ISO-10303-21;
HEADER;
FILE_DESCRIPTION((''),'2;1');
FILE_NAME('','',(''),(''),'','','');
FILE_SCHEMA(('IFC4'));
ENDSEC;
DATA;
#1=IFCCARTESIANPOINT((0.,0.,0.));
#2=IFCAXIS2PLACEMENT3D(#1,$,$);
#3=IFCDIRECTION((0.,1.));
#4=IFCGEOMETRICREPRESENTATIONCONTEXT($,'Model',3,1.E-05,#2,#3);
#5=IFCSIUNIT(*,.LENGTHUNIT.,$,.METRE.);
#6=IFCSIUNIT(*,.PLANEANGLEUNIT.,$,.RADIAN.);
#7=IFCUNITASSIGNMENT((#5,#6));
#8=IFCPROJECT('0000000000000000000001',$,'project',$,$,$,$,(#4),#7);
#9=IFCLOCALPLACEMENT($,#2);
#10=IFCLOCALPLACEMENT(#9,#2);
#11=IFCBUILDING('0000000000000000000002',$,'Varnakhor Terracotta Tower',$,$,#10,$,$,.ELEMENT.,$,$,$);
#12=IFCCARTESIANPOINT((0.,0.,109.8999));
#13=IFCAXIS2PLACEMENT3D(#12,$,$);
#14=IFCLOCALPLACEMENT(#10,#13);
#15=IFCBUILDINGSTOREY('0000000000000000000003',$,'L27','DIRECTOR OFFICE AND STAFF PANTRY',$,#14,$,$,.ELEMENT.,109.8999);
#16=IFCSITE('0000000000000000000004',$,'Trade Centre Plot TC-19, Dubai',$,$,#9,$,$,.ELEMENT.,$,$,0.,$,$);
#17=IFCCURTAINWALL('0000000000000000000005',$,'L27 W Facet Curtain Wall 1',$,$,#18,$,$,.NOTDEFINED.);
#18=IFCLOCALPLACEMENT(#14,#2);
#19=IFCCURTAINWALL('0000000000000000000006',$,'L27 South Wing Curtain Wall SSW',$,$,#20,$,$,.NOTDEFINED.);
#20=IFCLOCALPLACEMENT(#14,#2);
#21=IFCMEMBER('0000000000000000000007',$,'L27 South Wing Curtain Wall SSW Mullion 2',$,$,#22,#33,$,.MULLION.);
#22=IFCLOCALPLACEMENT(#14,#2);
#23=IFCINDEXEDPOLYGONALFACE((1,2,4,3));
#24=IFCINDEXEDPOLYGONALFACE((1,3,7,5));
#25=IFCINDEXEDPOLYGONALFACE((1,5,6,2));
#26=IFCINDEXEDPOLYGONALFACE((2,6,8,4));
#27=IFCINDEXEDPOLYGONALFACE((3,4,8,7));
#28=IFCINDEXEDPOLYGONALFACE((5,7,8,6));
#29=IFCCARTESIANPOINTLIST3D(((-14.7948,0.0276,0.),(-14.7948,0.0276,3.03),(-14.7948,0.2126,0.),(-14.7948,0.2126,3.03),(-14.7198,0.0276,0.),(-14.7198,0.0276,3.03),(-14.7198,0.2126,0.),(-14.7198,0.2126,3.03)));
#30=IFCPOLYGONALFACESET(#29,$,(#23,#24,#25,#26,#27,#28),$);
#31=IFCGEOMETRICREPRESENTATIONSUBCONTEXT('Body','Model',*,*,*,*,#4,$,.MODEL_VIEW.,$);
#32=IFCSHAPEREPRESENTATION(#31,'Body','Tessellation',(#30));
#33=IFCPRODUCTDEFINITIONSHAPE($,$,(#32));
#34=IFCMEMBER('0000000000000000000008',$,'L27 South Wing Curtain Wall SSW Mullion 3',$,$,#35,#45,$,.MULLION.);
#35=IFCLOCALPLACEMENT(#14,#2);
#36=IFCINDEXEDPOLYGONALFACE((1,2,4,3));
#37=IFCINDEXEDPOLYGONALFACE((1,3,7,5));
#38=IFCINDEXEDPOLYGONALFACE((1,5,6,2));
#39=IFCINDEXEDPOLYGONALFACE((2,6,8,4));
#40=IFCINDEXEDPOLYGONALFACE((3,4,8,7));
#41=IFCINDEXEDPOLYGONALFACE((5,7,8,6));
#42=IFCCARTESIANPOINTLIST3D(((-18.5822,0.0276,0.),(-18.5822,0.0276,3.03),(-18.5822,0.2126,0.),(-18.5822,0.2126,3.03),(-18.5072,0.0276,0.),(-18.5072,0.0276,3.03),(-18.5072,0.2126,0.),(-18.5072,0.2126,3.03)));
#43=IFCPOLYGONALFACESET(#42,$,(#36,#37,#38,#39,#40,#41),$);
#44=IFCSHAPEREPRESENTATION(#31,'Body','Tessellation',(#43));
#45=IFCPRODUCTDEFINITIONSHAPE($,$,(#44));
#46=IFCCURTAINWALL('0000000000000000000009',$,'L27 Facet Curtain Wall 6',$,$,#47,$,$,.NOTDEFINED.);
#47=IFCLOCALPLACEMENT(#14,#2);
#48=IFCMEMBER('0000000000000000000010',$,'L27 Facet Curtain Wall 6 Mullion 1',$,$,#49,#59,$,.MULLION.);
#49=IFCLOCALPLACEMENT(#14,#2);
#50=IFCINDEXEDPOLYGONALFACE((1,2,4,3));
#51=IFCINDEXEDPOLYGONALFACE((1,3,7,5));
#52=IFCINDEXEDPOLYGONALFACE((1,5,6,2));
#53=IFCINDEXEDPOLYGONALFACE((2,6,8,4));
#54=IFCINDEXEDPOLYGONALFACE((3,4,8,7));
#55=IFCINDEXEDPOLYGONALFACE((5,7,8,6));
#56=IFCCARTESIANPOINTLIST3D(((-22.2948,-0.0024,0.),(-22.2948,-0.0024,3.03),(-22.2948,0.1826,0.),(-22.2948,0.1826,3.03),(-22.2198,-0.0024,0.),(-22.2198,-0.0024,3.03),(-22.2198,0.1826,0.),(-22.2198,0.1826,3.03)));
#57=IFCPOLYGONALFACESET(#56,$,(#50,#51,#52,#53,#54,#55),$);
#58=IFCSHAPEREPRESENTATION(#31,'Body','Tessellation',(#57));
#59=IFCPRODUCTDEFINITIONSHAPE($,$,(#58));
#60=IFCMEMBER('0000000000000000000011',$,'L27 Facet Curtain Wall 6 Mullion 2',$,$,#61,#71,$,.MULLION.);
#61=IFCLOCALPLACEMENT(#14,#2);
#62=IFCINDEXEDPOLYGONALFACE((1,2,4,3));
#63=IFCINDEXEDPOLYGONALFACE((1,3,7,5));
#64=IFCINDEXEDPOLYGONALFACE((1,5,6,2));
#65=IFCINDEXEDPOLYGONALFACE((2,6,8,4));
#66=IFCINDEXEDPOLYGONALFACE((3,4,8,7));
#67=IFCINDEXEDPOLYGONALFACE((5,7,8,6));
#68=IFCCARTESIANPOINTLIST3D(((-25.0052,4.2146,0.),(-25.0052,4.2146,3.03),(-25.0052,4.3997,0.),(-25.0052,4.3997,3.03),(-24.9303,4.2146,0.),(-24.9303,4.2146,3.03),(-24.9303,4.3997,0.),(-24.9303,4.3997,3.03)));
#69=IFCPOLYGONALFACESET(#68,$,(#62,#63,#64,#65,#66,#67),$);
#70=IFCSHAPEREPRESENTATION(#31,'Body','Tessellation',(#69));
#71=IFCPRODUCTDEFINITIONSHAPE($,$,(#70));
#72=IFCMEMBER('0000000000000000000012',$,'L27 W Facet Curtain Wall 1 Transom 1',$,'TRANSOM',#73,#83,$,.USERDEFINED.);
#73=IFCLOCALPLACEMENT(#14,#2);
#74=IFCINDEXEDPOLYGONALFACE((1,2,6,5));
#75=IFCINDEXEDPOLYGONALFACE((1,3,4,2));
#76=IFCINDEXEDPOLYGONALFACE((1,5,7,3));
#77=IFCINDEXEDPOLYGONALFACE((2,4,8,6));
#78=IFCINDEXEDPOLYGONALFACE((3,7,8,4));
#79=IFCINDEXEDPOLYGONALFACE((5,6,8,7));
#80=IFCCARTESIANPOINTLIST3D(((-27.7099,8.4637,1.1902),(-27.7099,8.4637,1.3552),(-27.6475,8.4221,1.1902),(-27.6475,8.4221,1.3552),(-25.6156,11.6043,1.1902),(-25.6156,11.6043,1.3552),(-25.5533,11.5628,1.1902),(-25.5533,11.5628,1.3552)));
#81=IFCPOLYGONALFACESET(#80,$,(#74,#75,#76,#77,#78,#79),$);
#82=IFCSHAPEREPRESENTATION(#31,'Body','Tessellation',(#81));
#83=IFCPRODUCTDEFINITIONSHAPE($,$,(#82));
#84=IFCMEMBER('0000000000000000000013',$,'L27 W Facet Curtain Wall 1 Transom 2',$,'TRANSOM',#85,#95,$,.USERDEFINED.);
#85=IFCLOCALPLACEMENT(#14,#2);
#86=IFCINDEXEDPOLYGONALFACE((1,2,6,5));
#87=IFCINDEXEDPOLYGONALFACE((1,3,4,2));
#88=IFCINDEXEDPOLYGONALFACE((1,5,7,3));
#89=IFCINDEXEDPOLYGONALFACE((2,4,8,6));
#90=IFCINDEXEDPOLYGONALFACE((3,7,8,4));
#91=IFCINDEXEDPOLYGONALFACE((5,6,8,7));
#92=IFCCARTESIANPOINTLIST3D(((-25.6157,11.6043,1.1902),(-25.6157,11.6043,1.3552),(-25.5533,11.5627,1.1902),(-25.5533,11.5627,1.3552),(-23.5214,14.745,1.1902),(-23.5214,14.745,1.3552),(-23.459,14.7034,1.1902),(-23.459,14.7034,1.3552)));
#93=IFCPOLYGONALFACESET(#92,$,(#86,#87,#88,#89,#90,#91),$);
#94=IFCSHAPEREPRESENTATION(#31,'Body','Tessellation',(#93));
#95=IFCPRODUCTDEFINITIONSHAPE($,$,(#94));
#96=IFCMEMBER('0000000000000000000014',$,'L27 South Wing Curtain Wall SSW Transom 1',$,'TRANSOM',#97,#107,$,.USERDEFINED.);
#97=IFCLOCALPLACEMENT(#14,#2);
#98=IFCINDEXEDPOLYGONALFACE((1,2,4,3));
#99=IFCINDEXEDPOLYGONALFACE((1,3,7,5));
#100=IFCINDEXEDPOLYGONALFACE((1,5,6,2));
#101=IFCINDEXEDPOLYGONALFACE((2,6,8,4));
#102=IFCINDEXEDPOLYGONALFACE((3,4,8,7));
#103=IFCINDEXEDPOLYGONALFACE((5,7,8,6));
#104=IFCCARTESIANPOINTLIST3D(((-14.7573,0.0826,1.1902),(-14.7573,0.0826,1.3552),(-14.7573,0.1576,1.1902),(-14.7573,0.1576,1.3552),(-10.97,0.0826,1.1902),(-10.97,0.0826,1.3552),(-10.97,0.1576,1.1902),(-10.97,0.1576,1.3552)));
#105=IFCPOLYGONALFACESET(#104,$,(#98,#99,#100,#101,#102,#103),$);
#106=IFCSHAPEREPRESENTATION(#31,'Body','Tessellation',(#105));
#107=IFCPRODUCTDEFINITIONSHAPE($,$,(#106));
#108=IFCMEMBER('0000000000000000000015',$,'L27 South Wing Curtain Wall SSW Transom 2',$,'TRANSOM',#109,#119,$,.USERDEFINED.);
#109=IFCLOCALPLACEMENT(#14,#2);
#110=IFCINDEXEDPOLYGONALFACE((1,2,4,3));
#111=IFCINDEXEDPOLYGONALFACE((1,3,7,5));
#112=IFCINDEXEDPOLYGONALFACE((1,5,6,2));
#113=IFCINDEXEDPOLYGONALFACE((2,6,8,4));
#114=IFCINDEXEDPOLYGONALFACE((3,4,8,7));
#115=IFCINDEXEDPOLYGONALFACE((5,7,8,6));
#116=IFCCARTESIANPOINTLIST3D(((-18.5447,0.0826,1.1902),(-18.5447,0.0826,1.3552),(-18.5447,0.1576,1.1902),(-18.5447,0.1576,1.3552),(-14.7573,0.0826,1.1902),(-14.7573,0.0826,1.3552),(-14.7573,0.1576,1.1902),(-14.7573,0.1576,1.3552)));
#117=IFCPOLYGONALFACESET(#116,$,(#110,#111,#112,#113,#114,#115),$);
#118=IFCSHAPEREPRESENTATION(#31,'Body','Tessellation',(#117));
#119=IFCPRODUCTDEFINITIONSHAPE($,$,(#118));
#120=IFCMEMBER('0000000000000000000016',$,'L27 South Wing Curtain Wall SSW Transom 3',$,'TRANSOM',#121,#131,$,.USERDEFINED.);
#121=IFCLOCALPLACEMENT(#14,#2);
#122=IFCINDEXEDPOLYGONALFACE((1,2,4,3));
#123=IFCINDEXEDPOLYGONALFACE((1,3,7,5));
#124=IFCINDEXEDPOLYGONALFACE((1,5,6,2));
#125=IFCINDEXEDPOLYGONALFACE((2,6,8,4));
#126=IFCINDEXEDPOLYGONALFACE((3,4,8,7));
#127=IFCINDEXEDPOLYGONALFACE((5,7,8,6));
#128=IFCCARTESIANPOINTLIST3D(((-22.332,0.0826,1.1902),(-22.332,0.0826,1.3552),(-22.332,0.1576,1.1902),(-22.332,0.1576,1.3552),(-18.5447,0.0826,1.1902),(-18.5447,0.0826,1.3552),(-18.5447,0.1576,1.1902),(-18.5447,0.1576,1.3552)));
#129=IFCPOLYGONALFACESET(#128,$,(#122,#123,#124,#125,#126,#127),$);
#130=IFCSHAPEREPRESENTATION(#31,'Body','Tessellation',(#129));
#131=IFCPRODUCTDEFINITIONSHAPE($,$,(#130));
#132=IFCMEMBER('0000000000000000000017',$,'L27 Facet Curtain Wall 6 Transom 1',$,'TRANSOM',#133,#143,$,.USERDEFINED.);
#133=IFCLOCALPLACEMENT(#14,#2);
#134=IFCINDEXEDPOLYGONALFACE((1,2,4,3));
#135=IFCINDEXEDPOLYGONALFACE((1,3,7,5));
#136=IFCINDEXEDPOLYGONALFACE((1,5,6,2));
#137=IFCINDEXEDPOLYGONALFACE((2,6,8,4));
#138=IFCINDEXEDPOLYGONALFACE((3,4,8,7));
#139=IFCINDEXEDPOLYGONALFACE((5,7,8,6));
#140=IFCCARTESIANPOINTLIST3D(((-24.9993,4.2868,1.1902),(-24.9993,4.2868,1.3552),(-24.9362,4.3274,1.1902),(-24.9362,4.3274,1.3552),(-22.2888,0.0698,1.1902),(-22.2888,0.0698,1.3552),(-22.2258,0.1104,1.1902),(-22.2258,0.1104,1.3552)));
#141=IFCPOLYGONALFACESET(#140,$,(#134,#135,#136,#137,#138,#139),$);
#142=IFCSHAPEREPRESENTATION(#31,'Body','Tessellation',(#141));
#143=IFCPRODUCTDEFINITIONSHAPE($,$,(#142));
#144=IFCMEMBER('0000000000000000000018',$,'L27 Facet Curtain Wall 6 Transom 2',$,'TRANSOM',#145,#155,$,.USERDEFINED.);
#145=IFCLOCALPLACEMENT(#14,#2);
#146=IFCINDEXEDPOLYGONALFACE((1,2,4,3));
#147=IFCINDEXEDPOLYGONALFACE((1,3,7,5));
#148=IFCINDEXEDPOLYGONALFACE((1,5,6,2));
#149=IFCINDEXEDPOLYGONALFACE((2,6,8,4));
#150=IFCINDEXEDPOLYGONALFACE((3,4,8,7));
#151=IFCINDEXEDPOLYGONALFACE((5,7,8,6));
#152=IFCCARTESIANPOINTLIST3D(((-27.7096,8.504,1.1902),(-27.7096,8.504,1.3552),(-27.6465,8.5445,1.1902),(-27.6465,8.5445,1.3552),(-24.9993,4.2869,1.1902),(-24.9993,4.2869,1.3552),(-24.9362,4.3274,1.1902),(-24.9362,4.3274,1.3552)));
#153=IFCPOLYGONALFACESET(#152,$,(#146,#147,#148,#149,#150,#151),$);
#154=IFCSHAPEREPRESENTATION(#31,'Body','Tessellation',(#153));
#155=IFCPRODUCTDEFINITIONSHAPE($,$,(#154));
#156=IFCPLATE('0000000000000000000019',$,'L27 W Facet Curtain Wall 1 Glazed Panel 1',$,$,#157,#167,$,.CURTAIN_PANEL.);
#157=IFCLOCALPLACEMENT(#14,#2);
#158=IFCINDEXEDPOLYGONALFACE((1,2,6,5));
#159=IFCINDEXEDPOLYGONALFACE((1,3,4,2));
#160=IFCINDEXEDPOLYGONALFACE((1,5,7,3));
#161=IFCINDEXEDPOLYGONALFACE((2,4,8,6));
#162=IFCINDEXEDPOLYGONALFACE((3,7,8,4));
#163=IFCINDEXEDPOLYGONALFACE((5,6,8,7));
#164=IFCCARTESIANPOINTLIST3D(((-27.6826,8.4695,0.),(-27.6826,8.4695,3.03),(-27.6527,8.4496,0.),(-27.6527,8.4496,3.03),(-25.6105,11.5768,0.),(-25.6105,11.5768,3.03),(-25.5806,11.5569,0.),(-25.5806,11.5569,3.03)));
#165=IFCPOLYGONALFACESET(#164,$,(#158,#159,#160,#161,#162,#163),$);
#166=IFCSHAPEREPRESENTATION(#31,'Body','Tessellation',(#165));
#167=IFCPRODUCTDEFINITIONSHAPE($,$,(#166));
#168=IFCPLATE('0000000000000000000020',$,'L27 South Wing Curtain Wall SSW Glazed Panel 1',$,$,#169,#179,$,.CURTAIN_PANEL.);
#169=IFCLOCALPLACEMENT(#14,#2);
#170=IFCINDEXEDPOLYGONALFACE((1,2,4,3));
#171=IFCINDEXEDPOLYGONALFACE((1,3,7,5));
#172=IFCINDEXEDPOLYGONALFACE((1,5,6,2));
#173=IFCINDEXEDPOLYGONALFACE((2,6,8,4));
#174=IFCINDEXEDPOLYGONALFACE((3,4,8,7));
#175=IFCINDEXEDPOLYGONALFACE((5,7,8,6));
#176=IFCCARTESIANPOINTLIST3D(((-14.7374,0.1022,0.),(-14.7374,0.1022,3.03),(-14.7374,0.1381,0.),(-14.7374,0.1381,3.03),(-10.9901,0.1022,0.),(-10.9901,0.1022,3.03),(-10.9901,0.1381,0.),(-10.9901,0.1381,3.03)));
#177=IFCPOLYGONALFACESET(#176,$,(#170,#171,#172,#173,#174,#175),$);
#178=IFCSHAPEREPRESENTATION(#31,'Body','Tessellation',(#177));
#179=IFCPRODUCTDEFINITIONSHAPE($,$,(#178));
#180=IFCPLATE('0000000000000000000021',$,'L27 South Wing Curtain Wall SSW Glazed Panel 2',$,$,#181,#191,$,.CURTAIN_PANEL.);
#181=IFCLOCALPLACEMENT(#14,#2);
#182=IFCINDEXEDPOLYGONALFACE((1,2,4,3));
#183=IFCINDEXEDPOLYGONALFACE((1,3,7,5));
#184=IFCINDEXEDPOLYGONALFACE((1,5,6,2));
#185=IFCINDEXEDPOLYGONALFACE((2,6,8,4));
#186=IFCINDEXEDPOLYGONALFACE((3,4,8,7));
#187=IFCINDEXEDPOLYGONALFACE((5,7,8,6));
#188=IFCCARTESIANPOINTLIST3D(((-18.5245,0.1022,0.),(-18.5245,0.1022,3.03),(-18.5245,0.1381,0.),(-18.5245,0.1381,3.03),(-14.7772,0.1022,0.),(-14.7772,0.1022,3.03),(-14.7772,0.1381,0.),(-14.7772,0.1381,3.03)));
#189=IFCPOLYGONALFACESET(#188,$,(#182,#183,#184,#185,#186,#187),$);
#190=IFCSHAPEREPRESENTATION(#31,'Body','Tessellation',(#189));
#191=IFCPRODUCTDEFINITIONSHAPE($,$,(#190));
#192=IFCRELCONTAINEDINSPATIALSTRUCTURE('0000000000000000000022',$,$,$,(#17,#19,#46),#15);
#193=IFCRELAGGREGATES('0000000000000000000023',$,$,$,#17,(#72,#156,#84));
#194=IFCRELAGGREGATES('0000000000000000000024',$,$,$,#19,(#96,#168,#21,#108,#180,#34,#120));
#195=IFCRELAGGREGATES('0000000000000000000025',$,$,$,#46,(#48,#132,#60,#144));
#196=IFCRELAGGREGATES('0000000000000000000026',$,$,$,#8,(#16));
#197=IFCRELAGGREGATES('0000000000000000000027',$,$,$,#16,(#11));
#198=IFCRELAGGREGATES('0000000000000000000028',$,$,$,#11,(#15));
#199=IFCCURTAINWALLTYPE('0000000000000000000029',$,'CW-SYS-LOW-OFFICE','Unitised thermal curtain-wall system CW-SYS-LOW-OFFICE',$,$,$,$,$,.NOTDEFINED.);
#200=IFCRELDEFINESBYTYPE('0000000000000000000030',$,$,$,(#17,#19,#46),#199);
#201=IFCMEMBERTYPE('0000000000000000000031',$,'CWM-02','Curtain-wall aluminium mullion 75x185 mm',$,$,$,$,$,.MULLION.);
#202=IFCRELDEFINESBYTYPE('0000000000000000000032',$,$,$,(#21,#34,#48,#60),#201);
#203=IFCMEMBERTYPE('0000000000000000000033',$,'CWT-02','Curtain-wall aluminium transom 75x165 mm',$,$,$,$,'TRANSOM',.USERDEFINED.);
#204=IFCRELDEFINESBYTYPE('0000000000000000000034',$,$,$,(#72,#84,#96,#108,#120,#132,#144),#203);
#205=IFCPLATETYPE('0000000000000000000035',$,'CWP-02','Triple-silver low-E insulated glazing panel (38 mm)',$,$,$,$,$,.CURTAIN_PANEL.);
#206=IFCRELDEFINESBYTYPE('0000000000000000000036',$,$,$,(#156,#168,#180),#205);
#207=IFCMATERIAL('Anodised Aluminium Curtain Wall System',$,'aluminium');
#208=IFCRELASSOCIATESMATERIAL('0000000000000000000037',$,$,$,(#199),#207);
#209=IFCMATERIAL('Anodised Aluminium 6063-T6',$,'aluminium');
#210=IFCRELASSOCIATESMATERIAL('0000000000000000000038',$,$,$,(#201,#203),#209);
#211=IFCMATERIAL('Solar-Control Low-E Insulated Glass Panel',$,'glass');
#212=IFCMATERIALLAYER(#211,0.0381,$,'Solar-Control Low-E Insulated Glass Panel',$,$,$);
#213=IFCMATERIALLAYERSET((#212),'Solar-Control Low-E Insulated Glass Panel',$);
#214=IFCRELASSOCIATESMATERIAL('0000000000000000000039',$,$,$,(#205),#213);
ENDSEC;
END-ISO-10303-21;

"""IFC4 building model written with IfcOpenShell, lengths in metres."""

from ifc_helpers import new_model, si_unit, direction, frame, origin, origin_2d, place, context, subcontext, project, spatial, rectangle, extrude, source, transform, mapped, material, layer, layer_set, material_profile, profile_set, type_object, type_shapes, element, aggregate, save


model = new_model("IFC4")

# Units and contexts
model_context = context("Model", 3, precision=1e-05, world=origin(), true_north=direction((0.0, 1.0)))
body_context = subcontext(model_context, "Body", "Model", "MODEL_VIEW")
ifc_project = project(units=[si_unit("LENGTHUNIT", "METRE"), si_unit("PLANEANGLEUNIT", "RADIAN")], contexts=[model_context])

# Site, building, storey
site_placement = place(None, origin())
site = spatial("IfcSite", under=ifc_project, at=site_placement, Name="Trade Centre Plot TC-19, Dubai", CompositionType="ELEMENT", RefElevation=0.0)
building_placement = place(site_placement, origin())
building = spatial("IfcBuilding", under=site, at=building_placement, Name="Varnakhor Terracotta Tower", CompositionType="ELEMENT")
storey_placement = place(building_placement, frame((0.0, 0.0, 109.8999)))
storey = spatial("IfcBuildingStorey", under=building, at=storey_placement, Name="L27", Description="DIRECTOR OFFICE AND STAFF PANTRY", CompositionType="ELEMENT", Elevation=109.8999)

# Curtain walls, members
ifc_material_1 = material(Name="Anodised Aluminium Curtain Wall System", Category="aluminium")
curtain_wall_type = type_object("IfcCurtainWallType", Name="CW-SYS-LOW-OFFICE", Description="Unitised thermal curtain-wall system CW-SYS-LOW-OFFICE", PredefinedType="NOTDEFINED", material=ifc_material_1)
curtain_wall_1_placement = place(storey_placement, origin())
curtain_wall_1 = element("IfcCurtainWall", 1, at=curtain_wall_1_placement, inside=storey, type_object=curtain_wall_type, Name="L27 W Facet Curtain Wall 1", PredefinedType="NOTDEFINED")
ifc_material_2 = material(Name="Anodised Aluminium 6063-T6", Category="aluminium")
ifc_material_profile_1 = material_profile(ifc_material_2, rectangle(XDim=0.075, YDim=0.1851, at=origin_2d()), Name="ALU MULLION 75x185")
ifc_profile_set_1 = profile_set([ifc_material_profile_1], Name="Anodised Aluminium 6063-T6")
member_type_1 = type_object("IfcMemberType", Name="CWM-02", Description="Curtain-wall aluminium mullion 75x185 mm", PredefinedType="MULLION", material=ifc_profile_set_1)
shared_shape_1 = source(origin(), body_context, "Body", "SweptSolid", [
    extrude(rectangle(XDim=0.075, YDim=0.1851, at=origin_2d()), origin(), (0.0, 0.0, 1.0), 3.03),
])
type_shapes(member_type_1, [shared_shape_1])
curtain_wall_2_placement = place(storey_placement, origin())
curtain_wall_2 = element("IfcCurtainWall", 2, at=curtain_wall_2_placement, inside=storey, type_object=curtain_wall_type, Name="L27 South Wing Curtain Wall SSW", PredefinedType="NOTDEFINED")
member_1_placement = place(storey_placement, frame((-14.7573, 0.1201, 0.0), z_axis=(0.0, 0.0, 1.0), x_axis=(1.0, 0.0, 0.0)))
member_1 = element("IfcMember", 3, at=member_1_placement, type_object=member_type_1, Name="L27 South Wing Curtain Wall SSW Mullion 2", PredefinedType="MULLION", context=body_context, shape_type="MappedRepresentation", body=[
    mapped(shared_shape_1, transform((0.0, 0.0, 0.0), scale=1.0)),
])
member_2_placement = place(storey_placement, frame((-18.5447, 0.1201, 0.0), z_axis=(0.0, 0.0, 1.0), x_axis=(1.0, 0.0, 0.0)))
member_2 = element("IfcMember", 4, at=member_2_placement, type_object=member_type_1, Name="L27 South Wing Curtain Wall SSW Mullion 3", PredefinedType="MULLION", context=body_context, shape_type="MappedRepresentation", body=[
    mapped(shared_shape_1, transform((0.0, 0.0, 0.0), scale=1.0)),
])
curtain_wall_3_placement = place(storey_placement, origin())
curtain_wall_3 = element("IfcCurtainWall", 5, at=curtain_wall_3_placement, inside=storey, type_object=curtain_wall_type, Name="L27 Facet Curtain Wall 6", PredefinedType="NOTDEFINED")
member_3_placement = place(storey_placement, frame((-22.2573, 0.0901, 0.0), z_axis=(0.0, 0.0, 1.0), x_axis=(1.0, 0.0, 0.0)))
member_3 = element("IfcMember", 6, at=member_3_placement, type_object=member_type_1, Name="L27 Facet Curtain Wall 6 Mullion 1", PredefinedType="MULLION", context=body_context, shape_type="MappedRepresentation", body=[
    mapped(shared_shape_1, transform((0.0, 0.0, 0.0), scale=1.0)),
])
member_4_placement = place(storey_placement, frame((-24.9678, 4.3071, 0.0), z_axis=(0.0, 0.0, 1.0), x_axis=(1.0, 0.0, 0.0)))
member_4 = element("IfcMember", 7, at=member_4_placement, type_object=member_type_1, Name="L27 Facet Curtain Wall 6 Mullion 2", PredefinedType="MULLION", context=body_context, shape_type="MappedRepresentation", body=[
    mapped(shared_shape_1, transform((0.0, 0.0, 0.0), scale=1.0)),
])

# Members
ifc_material_profile_2 = material_profile(ifc_material_2, rectangle(XDim=0.075, YDim=0.165, at=origin_2d()), Name="ALU TRANSOM 75x165")
ifc_profile_set_2 = profile_set([ifc_material_profile_2], Name="Anodised Aluminium 6063-T6")
member_type_2 = type_object("IfcMemberType", Name="CWT-02", Description="Curtain-wall aluminium transom 75x165 mm", ElementType="TRANSOM", PredefinedType="USERDEFINED", material=ifc_profile_set_2)
shared_shape_2 = source(origin(), body_context, "Body", "SweptSolid", [
    extrude(rectangle(XDim=0.075, YDim=0.165, at=origin_2d()), origin(), (0.0, 0.0, 1.0), 3.7749),
])
member_5_placement = place(storey_placement, frame((-27.6787, 8.4429, 1.2727), z_axis=(0.55479, 0.831991, 0.0), x_axis=(-0.831991, 0.55479, 0.0)))
member_5 = element("IfcMember", 8, at=member_5_placement, type_object=member_type_2, Name="L27 W Facet Curtain Wall 1 Transom 1", ObjectType="TRANSOM", PredefinedType="USERDEFINED", context=body_context, shape_type="MappedRepresentation", body=[
    mapped(shared_shape_2, transform((0.0, 0.0, 0.0), scale=1.0)),
])
member_6_placement = place(storey_placement, frame((-25.5845, 11.5835, 1.2727), z_axis=(0.55479, 0.831991, 0.0), x_axis=(-0.831991, 0.55479, 0.0)))
member_6 = element("IfcMember", 9, at=member_6_placement, type_object=member_type_2, Name="L27 W Facet Curtain Wall 1 Transom 2", ObjectType="TRANSOM", PredefinedType="USERDEFINED", context=body_context, shape_type="MappedRepresentation", body=[
    mapped(shared_shape_2, transform((0.0, 0.0, 0.0), scale=1.0)),
])
shared_shape_3 = source(origin(), body_context, "Body", "SweptSolid", [
    extrude(rectangle(XDim=0.075, YDim=0.165, at=origin_2d()), origin(), (0.0, 0.0, 1.0), 3.7874),
])
member_7_placement = place(storey_placement, frame((-10.97, 0.1201, 1.2727), z_axis=(-1.0, 0.0, 0.0), x_axis=(0.0, -1.0, 0.0)))
member_7 = element("IfcMember", 10, at=member_7_placement, type_object=member_type_2, Name="L27 South Wing Curtain Wall SSW Transom 1", ObjectType="TRANSOM", PredefinedType="USERDEFINED", context=body_context, shape_type="MappedRepresentation", body=[
    mapped(shared_shape_3, transform((0.0, 0.0, 0.0), scale=1.0)),
])
member_8_placement = place(storey_placement, frame((-14.7573, 0.1201, 1.2727), z_axis=(-1.0, 0.0, 0.0), x_axis=(0.0, -1.0, 0.0)))
member_8 = element("IfcMember", 11, at=member_8_placement, type_object=member_type_2, Name="L27 South Wing Curtain Wall SSW Transom 2", ObjectType="TRANSOM", PredefinedType="USERDEFINED", context=body_context, shape_type="MappedRepresentation", body=[
    mapped(shared_shape_3, transform((0.0, 0.0, 0.0), scale=1.0)),
])
member_9_placement = place(storey_placement, frame((-18.5447, 0.1201, 1.2727), z_axis=(-1.0, 0.0, 0.0), x_axis=(0.0, -1.0, 0.0)))
member_9 = element("IfcMember", 12, at=member_9_placement, type_object=member_type_2, Name="L27 South Wing Curtain Wall SSW Transom 3", ObjectType="TRANSOM", PredefinedType="USERDEFINED", context=body_context, shape_type="MappedRepresentation", body=[
    mapped(shared_shape_3, transform((0.0, 0.0, 0.0), scale=1.0)),
])
shared_shape_4 = source(origin(), body_context, "Body", "SweptSolid", [
    extrude(rectangle(XDim=0.075, YDim=0.165, at=origin_2d()), origin(), (0.0, 0.0, 1.0), 5.0129),
])
member_10_placement = place(storey_placement, frame((-22.2573, 0.0901, 1.2727), z_axis=(-0.540686, 0.841224, 0.0), x_axis=(-0.841224, -0.540686, 0.0)))
member_10 = element("IfcMember", 13, at=member_10_placement, type_object=member_type_2, Name="L27 Facet Curtain Wall 6 Transom 1", ObjectType="TRANSOM", PredefinedType="USERDEFINED", context=body_context, shape_type="MappedRepresentation", body=[
    mapped(shared_shape_4, transform((0.0, 0.0, 0.0), scale=1.0)),
])
member_11_placement = place(storey_placement, frame((-24.9678, 4.3071, 1.2727), z_axis=(-0.540652, 0.841247, 0.0), x_axis=(-0.841247, -0.540652, 0.0)))
member_11 = element("IfcMember", 14, at=member_11_placement, type_object=member_type_2, Name="L27 Facet Curtain Wall 6 Transom 2", ObjectType="TRANSOM", PredefinedType="USERDEFINED", context=body_context, shape_type="MappedRepresentation", body=[
    mapped(shared_shape_4, transform((0.0, 0.0, 0.0), scale=1.0)),
])

# Plates
ifc_material_3 = material(Name="Solar-Control Low-E Insulated Glass Panel", Category="glass")
ifc_layer_1 = layer(ifc_material_3, 0.0381, Name="Solar-Control Low-E Insulated Glass Panel")
ifc_layer_set_1 = layer_set([ifc_layer_1], Name="Solar-Control Low-E Insulated Glass Panel")
plate_type = type_object("IfcPlateType", Name="CWP-02", Description="Triple-silver low-E insulated glazing panel (38 mm)", PredefinedType="CURTAIN_PANEL", material=ifc_layer_set_1)
shared_shape_5 = source(origin(), body_context, "Body", "SweptSolid", [
    extrude(rectangle(XDim=3.7349, YDim=0.0359, at=origin_2d()), origin(), (0.0, 0.0, 1.0), 3.03),
])
plate_1_placement = place(storey_placement, frame((-26.6316, 10.0132, 0.0), z_axis=(0.0, 0.0, 1.0), x_axis=(0.554801, 0.831983, 0.0)))
plate_1 = element("IfcPlate", 15, at=plate_1_placement, type_object=plate_type, Name="L27 W Facet Curtain Wall 1 Glazed Panel 1", PredefinedType="CURTAIN_PANEL", context=body_context, shape_type="MappedRepresentation", body=[
    mapped(shared_shape_5, transform((0.0, 0.0, 0.0), scale=1.0)),
])
aggregate(curtain_wall_1, [member_5, plate_1, member_6])
shared_shape_6 = source(origin(), body_context, "Body", "SweptSolid", [
    extrude(rectangle(XDim=3.7473, YDim=0.0359, at=origin_2d()), origin(), (0.0, 0.0, 1.0), 3.03),
])
plate_2_placement = place(storey_placement, frame((-12.8638, 0.1201, 0.0), z_axis=(0.0, 0.0, 1.0), x_axis=(-1.0, 0.0, 0.0)))
plate_2 = element("IfcPlate", 16, at=plate_2_placement, type_object=plate_type, Name="L27 South Wing Curtain Wall SSW Glazed Panel 1", PredefinedType="CURTAIN_PANEL", context=body_context, shape_type="MappedRepresentation", body=[
    mapped(shared_shape_6, transform((0.0, 0.0, 0.0), scale=1.0)),
])
plate_3_placement = place(storey_placement, frame((-16.6509, 0.1201, 0.0), z_axis=(0.0, 0.0, 1.0), x_axis=(-1.0, 0.0, 0.0)))
plate_3 = element("IfcPlate", 17, at=plate_3_placement, type_object=plate_type, Name="L27 South Wing Curtain Wall SSW Glazed Panel 2", PredefinedType="CURTAIN_PANEL", context=body_context, shape_type="MappedRepresentation", body=[
    mapped(shared_shape_6, transform((0.0, 0.0, 0.0), scale=1.0)),
])
aggregate(curtain_wall_2, [member_7, plate_2, member_1, member_8, plate_3, member_2, member_9])
aggregate(curtain_wall_3, [member_3, member_10, member_4, member_11])

save(model, "model.ifc")
